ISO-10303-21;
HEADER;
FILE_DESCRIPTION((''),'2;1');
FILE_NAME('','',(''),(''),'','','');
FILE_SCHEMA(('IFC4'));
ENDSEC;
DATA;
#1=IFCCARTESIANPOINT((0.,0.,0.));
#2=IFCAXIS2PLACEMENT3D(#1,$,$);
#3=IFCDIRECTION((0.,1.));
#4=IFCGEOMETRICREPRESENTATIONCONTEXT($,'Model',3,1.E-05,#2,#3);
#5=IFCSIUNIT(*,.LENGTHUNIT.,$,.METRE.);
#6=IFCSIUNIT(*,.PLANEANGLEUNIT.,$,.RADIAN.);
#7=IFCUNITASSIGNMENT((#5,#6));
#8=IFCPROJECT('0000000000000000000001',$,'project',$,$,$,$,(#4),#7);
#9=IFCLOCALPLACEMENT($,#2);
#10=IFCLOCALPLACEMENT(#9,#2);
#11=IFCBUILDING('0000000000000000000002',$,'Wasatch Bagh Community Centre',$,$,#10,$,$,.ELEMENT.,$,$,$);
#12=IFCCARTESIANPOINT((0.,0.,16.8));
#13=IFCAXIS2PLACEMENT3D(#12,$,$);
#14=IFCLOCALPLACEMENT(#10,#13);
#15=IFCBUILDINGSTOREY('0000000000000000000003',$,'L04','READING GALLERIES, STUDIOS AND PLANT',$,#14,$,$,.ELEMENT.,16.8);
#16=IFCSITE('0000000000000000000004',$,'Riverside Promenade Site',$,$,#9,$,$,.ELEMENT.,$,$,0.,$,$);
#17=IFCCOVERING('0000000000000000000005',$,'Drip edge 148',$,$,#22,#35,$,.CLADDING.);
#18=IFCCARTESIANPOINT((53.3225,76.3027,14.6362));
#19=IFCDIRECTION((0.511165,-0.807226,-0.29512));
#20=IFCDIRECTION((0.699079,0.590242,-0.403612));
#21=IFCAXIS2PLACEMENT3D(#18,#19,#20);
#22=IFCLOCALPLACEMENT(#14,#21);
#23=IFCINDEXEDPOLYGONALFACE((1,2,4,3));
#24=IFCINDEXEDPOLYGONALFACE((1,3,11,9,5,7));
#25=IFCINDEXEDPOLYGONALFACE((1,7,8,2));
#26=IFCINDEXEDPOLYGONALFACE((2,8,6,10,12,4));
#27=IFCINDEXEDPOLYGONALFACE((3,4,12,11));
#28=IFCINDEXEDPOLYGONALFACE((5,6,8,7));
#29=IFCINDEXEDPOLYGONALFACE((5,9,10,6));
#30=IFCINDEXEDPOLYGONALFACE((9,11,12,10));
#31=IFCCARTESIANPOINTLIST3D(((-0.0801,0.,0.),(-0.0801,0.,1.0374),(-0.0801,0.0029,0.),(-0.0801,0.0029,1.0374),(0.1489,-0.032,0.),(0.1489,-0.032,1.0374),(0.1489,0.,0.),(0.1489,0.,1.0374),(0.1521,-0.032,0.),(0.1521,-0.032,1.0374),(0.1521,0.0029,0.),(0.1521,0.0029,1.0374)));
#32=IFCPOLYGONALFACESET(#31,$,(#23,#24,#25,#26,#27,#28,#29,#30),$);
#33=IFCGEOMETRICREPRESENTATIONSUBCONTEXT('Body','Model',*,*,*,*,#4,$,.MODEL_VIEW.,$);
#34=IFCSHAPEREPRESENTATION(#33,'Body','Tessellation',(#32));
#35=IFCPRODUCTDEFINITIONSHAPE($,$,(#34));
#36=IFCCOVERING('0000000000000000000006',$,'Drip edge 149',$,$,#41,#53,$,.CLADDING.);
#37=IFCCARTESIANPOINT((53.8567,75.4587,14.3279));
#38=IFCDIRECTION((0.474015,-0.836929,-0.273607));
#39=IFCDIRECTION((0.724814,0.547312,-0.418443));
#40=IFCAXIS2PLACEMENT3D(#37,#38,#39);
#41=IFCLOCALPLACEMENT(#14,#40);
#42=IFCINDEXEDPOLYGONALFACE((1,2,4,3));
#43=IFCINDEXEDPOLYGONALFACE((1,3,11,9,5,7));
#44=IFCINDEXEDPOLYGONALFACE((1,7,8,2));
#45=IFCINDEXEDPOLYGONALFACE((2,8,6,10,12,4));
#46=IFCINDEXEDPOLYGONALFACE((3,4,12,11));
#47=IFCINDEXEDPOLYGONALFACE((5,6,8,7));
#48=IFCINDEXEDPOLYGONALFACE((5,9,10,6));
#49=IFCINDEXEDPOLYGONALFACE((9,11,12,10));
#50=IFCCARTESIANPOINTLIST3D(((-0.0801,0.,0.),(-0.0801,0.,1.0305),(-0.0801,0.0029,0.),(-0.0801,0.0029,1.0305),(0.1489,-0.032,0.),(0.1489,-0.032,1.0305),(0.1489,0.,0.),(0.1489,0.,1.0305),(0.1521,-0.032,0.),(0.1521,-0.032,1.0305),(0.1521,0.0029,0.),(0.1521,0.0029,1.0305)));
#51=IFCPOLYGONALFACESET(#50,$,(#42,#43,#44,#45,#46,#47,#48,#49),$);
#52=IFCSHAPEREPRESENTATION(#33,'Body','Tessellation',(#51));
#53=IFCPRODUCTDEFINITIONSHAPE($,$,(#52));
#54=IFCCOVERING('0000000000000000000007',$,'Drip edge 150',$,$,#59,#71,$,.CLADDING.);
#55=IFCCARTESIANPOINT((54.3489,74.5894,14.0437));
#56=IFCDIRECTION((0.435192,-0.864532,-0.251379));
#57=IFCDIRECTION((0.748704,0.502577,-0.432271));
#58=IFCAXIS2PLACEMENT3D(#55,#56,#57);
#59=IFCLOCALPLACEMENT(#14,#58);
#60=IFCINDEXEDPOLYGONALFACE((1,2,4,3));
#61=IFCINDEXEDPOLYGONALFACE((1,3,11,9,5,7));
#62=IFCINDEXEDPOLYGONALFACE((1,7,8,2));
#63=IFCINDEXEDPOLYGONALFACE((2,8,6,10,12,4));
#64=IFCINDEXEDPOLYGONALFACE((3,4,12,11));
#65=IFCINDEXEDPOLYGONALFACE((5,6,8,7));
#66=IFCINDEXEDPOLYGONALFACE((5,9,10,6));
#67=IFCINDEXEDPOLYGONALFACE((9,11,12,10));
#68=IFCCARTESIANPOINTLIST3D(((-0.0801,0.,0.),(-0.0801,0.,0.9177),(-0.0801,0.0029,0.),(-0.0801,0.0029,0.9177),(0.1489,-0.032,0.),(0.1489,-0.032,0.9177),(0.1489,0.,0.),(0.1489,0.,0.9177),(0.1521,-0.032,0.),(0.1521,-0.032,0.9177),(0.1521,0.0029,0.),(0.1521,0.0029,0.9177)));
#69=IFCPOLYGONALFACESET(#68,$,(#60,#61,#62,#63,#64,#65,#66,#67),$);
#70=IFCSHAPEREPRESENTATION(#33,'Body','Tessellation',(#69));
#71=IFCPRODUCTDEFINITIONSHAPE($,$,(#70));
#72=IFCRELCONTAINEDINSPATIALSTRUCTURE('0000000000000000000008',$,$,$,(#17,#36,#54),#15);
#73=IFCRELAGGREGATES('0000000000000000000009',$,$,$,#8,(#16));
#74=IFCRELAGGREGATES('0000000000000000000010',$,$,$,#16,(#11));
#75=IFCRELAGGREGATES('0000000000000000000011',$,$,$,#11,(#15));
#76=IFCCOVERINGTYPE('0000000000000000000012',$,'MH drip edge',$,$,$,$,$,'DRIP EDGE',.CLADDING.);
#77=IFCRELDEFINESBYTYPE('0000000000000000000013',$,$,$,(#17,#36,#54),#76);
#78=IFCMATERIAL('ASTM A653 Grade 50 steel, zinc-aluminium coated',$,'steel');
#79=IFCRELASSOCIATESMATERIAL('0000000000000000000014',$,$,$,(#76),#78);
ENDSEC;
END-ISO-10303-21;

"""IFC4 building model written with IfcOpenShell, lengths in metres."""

from ifc_helpers import new_model, si_unit, direction, frame, origin, place, context, subcontext, project, spatial, polyline, outline, extrude, material, material_profile, profile_set, type_object, element, save


model = new_model("IFC4")

# Units and contexts
model_context = context("Model", 3, precision=1e-05, world=origin(), true_north=direction((0.0, 1.0)))
body_context = subcontext(model_context, "Body", "Model", "MODEL_VIEW")
ifc_project = project(units=[si_unit("LENGTHUNIT", "METRE"), si_unit("PLANEANGLEUNIT", "RADIAN")], contexts=[model_context])

# Site, building, storey
site_placement = place(None, origin())
site = spatial("IfcSite", under=ifc_project, at=site_placement, Name="Riverside Promenade Site", CompositionType="ELEMENT", RefElevation=0.0)
building_placement = place(site_placement, origin())
building = spatial("IfcBuilding", under=site, at=building_placement, Name="Wasatch Bagh Community Centre", CompositionType="ELEMENT")
storey_placement = place(building_placement, frame((0.0, 0.0, 16.8)))
storey = spatial("IfcBuildingStorey", under=building, at=storey_placement, Name="L04", Description="READING GALLERIES, STUDIOS AND PLANT", CompositionType="ELEMENT", Elevation=16.8)

# Coverings
ifc_material_1 = material(Name="ASTM A653 Grade 50 steel, zinc-aluminium coated", Category="steel")
ifc_material_profile_1 = material_profile(ifc_material_1, outline(polyline([(-0.0801, 0.0029), (0.1521, 0.0029), (0.1521, -0.032), (0.1489, -0.032), (0.1489, 0.0), (-0.0801, 0.0), (-0.0801, 0.0029)])), Name="DRIP EDGE")
ifc_profile_set_1 = profile_set([ifc_material_profile_1], Name="ASTM A653 Grade 50 steel, zinc-aluminium coated")
covering_type_1 = type_object("IfcCoveringType", Name="MH drip edge", ElementType="DRIP EDGE", PredefinedType="CLADDING", material=ifc_profile_set_1)
covering_1_placement = place(storey_placement, frame((53.3225, 76.3027, 14.6362), z_axis=(0.511165, -0.807226, -0.29512), x_axis=(0.699079, 0.590242, -0.403612)))
element("IfcCovering", 1, at=covering_1_placement, inside=storey, type_object=covering_type_1, Name="Drip edge 148", PredefinedType="CLADDING", context=body_context, shape_type="SweptSolid", body=[
    extrude(outline(polyline([(-0.0801, 0.0029), (0.1521, 0.0029), (0.1521, -0.032), (0.1489, -0.032), (0.1489, 0.0), (-0.0801, 0.0), (-0.0801, 0.0029)])), origin(), (0.0, 0.0, 1.0), 1.0374),
])
covering_2_placement = place(storey_placement, frame((53.8567, 75.4587, 14.3279), z_axis=(0.474015, -0.836929, -0.273607), x_axis=(0.724814, 0.547312, -0.418443)))
element("IfcCovering", 2, at=covering_2_placement, inside=storey, type_object=covering_type_1, Name="Drip edge 149", PredefinedType="CLADDING", context=body_context, shape_type="SweptSolid", body=[
    extrude(outline(polyline([(-0.0801, 0.0029), (0.1521, 0.0029), (0.1521, -0.032), (0.1489, -0.032), (0.1489, 0.0), (-0.0801, 0.0), (-0.0801, 0.0029)])), origin(), (0.0, 0.0, 1.0), 1.0305),
])
covering_3_placement = place(storey_placement, frame((54.3489, 74.5894, 14.0437), z_axis=(0.435192, -0.864532, -0.251379), x_axis=(0.748704, 0.502577, -0.432271)))
element("IfcCovering", 3, at=covering_3_placement, inside=storey, type_object=covering_type_1, Name="Drip edge 150", PredefinedType="CLADDING", context=body_context, shape_type="SweptSolid", body=[
    extrude(outline(polyline([(-0.0801, 0.0029), (0.1521, 0.0029), (0.1521, -0.032), (0.1489, -0.032), (0.1489, 0.0), (-0.0801, 0.0), (-0.0801, 0.0029)])), origin(), (0.0, 0.0, 1.0), 0.9177),
])

save(model, "model.ifc")
